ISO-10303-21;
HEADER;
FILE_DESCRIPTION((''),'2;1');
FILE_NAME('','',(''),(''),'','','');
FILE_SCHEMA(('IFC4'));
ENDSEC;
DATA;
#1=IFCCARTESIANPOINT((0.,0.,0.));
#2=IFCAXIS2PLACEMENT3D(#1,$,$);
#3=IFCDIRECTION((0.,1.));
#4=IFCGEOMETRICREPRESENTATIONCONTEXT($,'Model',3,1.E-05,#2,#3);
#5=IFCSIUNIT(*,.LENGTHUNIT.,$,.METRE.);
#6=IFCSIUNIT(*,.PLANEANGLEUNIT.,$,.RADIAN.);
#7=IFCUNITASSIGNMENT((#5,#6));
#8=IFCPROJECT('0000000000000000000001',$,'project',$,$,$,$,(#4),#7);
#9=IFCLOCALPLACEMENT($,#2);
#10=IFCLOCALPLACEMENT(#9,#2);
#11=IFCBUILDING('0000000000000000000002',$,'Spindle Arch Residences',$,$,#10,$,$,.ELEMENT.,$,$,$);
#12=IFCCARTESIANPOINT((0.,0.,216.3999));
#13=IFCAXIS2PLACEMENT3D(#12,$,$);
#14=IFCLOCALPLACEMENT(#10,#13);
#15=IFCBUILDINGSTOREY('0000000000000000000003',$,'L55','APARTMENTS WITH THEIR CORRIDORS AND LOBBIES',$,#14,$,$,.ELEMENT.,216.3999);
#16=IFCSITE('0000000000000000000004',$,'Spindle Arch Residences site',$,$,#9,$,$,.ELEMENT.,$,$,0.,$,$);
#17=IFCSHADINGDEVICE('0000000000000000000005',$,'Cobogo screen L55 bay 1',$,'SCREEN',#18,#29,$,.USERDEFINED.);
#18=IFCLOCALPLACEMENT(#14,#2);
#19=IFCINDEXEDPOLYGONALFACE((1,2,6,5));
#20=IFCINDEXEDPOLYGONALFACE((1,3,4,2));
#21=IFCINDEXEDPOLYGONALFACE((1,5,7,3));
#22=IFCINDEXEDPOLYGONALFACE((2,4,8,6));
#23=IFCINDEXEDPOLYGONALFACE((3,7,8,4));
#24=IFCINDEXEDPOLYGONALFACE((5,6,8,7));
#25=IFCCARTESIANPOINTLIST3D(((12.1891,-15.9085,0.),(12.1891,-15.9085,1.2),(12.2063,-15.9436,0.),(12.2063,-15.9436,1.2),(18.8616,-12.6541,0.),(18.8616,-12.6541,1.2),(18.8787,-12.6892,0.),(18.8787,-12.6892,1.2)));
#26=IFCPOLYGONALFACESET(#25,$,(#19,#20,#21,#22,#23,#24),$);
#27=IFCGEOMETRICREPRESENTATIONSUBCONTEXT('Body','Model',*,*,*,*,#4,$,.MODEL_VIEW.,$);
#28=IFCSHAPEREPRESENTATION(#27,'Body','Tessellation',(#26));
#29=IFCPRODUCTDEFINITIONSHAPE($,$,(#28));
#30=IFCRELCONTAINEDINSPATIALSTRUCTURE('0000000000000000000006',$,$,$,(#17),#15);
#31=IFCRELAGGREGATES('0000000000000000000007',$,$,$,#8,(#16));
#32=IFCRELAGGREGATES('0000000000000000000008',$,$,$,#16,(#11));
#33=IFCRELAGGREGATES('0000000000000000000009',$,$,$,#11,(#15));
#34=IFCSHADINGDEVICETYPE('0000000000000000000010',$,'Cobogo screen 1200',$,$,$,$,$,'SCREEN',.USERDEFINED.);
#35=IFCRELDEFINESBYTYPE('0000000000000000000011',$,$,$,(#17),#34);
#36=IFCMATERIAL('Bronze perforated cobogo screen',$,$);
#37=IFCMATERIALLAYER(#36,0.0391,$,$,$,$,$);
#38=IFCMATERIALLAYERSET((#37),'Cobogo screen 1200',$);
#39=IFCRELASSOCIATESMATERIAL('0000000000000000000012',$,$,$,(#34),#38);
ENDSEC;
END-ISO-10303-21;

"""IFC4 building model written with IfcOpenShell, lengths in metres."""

from ifc_helpers import new_model, si_unit, direction, frame, origin, origin_2d, place, context, subcontext, project, spatial, rectangle, extrude, material, layer, layer_set, type_object, element, save


model = new_model("IFC4")

# Units and contexts
model_context = context("Model", 3, precision=1e-05, world=origin(), true_north=direction((0.0, 1.0)))
body_context = subcontext(model_context, "Body", "Model", "MODEL_VIEW")
ifc_project = project(units=[si_unit("LENGTHUNIT", "METRE"), si_unit("PLANEANGLEUNIT", "RADIAN")], contexts=[model_context])

# Site, building, storey
site_placement = place(None, origin())
site = spatial("IfcSite", under=ifc_project, at=site_placement, Name="Spindle Arch Residences site", CompositionType="ELEMENT", RefElevation=0.0)
building_placement = place(site_placement, origin())
building = spatial("IfcBuilding", under=site, at=building_placement, Name="Spindle Arch Residences", CompositionType="ELEMENT")
storey_placement = place(building_placement, frame((0.0, 0.0, 216.3999)))
storey = spatial("IfcBuildingStorey", under=building, at=storey_placement, Name="L55", Description="APARTMENTS WITH THEIR CORRIDORS AND LOBBIES", CompositionType="ELEMENT", Elevation=216.3999)

# Shading device
ifc_material_1 = material(Name="Bronze perforated cobogo screen")
ifc_layer_1 = layer(ifc_material_1, 0.0391)
ifc_layer_set_1 = layer_set([ifc_layer_1], Name="Cobogo screen 1200")
shading_device_type = type_object("IfcShadingDeviceType", Name="Cobogo screen 1200", ElementType="SCREEN", PredefinedType="USERDEFINED", material=ifc_layer_set_1)
shading_device_placement = place(storey_placement, frame((15.5339, -14.2988, 0.0), z_axis=(0.0, 0.0, 1.0), x_axis=(0.898794, 0.438371, 0.0)))
element("IfcShadingDevice", 1, at=shading_device_placement, inside=storey, type_object=shading_device_type, Name="Cobogo screen L55 bay 1", ObjectType="SCREEN", PredefinedType="USERDEFINED", context=body_context, shape_type="SweptSolid", body=[
    extrude(rectangle(XDim=7.4238, YDim=0.0391, at=origin_2d()), origin(), (0.0, 0.0, 1.0), 1.2),
])

save(model, "model.ifc")
